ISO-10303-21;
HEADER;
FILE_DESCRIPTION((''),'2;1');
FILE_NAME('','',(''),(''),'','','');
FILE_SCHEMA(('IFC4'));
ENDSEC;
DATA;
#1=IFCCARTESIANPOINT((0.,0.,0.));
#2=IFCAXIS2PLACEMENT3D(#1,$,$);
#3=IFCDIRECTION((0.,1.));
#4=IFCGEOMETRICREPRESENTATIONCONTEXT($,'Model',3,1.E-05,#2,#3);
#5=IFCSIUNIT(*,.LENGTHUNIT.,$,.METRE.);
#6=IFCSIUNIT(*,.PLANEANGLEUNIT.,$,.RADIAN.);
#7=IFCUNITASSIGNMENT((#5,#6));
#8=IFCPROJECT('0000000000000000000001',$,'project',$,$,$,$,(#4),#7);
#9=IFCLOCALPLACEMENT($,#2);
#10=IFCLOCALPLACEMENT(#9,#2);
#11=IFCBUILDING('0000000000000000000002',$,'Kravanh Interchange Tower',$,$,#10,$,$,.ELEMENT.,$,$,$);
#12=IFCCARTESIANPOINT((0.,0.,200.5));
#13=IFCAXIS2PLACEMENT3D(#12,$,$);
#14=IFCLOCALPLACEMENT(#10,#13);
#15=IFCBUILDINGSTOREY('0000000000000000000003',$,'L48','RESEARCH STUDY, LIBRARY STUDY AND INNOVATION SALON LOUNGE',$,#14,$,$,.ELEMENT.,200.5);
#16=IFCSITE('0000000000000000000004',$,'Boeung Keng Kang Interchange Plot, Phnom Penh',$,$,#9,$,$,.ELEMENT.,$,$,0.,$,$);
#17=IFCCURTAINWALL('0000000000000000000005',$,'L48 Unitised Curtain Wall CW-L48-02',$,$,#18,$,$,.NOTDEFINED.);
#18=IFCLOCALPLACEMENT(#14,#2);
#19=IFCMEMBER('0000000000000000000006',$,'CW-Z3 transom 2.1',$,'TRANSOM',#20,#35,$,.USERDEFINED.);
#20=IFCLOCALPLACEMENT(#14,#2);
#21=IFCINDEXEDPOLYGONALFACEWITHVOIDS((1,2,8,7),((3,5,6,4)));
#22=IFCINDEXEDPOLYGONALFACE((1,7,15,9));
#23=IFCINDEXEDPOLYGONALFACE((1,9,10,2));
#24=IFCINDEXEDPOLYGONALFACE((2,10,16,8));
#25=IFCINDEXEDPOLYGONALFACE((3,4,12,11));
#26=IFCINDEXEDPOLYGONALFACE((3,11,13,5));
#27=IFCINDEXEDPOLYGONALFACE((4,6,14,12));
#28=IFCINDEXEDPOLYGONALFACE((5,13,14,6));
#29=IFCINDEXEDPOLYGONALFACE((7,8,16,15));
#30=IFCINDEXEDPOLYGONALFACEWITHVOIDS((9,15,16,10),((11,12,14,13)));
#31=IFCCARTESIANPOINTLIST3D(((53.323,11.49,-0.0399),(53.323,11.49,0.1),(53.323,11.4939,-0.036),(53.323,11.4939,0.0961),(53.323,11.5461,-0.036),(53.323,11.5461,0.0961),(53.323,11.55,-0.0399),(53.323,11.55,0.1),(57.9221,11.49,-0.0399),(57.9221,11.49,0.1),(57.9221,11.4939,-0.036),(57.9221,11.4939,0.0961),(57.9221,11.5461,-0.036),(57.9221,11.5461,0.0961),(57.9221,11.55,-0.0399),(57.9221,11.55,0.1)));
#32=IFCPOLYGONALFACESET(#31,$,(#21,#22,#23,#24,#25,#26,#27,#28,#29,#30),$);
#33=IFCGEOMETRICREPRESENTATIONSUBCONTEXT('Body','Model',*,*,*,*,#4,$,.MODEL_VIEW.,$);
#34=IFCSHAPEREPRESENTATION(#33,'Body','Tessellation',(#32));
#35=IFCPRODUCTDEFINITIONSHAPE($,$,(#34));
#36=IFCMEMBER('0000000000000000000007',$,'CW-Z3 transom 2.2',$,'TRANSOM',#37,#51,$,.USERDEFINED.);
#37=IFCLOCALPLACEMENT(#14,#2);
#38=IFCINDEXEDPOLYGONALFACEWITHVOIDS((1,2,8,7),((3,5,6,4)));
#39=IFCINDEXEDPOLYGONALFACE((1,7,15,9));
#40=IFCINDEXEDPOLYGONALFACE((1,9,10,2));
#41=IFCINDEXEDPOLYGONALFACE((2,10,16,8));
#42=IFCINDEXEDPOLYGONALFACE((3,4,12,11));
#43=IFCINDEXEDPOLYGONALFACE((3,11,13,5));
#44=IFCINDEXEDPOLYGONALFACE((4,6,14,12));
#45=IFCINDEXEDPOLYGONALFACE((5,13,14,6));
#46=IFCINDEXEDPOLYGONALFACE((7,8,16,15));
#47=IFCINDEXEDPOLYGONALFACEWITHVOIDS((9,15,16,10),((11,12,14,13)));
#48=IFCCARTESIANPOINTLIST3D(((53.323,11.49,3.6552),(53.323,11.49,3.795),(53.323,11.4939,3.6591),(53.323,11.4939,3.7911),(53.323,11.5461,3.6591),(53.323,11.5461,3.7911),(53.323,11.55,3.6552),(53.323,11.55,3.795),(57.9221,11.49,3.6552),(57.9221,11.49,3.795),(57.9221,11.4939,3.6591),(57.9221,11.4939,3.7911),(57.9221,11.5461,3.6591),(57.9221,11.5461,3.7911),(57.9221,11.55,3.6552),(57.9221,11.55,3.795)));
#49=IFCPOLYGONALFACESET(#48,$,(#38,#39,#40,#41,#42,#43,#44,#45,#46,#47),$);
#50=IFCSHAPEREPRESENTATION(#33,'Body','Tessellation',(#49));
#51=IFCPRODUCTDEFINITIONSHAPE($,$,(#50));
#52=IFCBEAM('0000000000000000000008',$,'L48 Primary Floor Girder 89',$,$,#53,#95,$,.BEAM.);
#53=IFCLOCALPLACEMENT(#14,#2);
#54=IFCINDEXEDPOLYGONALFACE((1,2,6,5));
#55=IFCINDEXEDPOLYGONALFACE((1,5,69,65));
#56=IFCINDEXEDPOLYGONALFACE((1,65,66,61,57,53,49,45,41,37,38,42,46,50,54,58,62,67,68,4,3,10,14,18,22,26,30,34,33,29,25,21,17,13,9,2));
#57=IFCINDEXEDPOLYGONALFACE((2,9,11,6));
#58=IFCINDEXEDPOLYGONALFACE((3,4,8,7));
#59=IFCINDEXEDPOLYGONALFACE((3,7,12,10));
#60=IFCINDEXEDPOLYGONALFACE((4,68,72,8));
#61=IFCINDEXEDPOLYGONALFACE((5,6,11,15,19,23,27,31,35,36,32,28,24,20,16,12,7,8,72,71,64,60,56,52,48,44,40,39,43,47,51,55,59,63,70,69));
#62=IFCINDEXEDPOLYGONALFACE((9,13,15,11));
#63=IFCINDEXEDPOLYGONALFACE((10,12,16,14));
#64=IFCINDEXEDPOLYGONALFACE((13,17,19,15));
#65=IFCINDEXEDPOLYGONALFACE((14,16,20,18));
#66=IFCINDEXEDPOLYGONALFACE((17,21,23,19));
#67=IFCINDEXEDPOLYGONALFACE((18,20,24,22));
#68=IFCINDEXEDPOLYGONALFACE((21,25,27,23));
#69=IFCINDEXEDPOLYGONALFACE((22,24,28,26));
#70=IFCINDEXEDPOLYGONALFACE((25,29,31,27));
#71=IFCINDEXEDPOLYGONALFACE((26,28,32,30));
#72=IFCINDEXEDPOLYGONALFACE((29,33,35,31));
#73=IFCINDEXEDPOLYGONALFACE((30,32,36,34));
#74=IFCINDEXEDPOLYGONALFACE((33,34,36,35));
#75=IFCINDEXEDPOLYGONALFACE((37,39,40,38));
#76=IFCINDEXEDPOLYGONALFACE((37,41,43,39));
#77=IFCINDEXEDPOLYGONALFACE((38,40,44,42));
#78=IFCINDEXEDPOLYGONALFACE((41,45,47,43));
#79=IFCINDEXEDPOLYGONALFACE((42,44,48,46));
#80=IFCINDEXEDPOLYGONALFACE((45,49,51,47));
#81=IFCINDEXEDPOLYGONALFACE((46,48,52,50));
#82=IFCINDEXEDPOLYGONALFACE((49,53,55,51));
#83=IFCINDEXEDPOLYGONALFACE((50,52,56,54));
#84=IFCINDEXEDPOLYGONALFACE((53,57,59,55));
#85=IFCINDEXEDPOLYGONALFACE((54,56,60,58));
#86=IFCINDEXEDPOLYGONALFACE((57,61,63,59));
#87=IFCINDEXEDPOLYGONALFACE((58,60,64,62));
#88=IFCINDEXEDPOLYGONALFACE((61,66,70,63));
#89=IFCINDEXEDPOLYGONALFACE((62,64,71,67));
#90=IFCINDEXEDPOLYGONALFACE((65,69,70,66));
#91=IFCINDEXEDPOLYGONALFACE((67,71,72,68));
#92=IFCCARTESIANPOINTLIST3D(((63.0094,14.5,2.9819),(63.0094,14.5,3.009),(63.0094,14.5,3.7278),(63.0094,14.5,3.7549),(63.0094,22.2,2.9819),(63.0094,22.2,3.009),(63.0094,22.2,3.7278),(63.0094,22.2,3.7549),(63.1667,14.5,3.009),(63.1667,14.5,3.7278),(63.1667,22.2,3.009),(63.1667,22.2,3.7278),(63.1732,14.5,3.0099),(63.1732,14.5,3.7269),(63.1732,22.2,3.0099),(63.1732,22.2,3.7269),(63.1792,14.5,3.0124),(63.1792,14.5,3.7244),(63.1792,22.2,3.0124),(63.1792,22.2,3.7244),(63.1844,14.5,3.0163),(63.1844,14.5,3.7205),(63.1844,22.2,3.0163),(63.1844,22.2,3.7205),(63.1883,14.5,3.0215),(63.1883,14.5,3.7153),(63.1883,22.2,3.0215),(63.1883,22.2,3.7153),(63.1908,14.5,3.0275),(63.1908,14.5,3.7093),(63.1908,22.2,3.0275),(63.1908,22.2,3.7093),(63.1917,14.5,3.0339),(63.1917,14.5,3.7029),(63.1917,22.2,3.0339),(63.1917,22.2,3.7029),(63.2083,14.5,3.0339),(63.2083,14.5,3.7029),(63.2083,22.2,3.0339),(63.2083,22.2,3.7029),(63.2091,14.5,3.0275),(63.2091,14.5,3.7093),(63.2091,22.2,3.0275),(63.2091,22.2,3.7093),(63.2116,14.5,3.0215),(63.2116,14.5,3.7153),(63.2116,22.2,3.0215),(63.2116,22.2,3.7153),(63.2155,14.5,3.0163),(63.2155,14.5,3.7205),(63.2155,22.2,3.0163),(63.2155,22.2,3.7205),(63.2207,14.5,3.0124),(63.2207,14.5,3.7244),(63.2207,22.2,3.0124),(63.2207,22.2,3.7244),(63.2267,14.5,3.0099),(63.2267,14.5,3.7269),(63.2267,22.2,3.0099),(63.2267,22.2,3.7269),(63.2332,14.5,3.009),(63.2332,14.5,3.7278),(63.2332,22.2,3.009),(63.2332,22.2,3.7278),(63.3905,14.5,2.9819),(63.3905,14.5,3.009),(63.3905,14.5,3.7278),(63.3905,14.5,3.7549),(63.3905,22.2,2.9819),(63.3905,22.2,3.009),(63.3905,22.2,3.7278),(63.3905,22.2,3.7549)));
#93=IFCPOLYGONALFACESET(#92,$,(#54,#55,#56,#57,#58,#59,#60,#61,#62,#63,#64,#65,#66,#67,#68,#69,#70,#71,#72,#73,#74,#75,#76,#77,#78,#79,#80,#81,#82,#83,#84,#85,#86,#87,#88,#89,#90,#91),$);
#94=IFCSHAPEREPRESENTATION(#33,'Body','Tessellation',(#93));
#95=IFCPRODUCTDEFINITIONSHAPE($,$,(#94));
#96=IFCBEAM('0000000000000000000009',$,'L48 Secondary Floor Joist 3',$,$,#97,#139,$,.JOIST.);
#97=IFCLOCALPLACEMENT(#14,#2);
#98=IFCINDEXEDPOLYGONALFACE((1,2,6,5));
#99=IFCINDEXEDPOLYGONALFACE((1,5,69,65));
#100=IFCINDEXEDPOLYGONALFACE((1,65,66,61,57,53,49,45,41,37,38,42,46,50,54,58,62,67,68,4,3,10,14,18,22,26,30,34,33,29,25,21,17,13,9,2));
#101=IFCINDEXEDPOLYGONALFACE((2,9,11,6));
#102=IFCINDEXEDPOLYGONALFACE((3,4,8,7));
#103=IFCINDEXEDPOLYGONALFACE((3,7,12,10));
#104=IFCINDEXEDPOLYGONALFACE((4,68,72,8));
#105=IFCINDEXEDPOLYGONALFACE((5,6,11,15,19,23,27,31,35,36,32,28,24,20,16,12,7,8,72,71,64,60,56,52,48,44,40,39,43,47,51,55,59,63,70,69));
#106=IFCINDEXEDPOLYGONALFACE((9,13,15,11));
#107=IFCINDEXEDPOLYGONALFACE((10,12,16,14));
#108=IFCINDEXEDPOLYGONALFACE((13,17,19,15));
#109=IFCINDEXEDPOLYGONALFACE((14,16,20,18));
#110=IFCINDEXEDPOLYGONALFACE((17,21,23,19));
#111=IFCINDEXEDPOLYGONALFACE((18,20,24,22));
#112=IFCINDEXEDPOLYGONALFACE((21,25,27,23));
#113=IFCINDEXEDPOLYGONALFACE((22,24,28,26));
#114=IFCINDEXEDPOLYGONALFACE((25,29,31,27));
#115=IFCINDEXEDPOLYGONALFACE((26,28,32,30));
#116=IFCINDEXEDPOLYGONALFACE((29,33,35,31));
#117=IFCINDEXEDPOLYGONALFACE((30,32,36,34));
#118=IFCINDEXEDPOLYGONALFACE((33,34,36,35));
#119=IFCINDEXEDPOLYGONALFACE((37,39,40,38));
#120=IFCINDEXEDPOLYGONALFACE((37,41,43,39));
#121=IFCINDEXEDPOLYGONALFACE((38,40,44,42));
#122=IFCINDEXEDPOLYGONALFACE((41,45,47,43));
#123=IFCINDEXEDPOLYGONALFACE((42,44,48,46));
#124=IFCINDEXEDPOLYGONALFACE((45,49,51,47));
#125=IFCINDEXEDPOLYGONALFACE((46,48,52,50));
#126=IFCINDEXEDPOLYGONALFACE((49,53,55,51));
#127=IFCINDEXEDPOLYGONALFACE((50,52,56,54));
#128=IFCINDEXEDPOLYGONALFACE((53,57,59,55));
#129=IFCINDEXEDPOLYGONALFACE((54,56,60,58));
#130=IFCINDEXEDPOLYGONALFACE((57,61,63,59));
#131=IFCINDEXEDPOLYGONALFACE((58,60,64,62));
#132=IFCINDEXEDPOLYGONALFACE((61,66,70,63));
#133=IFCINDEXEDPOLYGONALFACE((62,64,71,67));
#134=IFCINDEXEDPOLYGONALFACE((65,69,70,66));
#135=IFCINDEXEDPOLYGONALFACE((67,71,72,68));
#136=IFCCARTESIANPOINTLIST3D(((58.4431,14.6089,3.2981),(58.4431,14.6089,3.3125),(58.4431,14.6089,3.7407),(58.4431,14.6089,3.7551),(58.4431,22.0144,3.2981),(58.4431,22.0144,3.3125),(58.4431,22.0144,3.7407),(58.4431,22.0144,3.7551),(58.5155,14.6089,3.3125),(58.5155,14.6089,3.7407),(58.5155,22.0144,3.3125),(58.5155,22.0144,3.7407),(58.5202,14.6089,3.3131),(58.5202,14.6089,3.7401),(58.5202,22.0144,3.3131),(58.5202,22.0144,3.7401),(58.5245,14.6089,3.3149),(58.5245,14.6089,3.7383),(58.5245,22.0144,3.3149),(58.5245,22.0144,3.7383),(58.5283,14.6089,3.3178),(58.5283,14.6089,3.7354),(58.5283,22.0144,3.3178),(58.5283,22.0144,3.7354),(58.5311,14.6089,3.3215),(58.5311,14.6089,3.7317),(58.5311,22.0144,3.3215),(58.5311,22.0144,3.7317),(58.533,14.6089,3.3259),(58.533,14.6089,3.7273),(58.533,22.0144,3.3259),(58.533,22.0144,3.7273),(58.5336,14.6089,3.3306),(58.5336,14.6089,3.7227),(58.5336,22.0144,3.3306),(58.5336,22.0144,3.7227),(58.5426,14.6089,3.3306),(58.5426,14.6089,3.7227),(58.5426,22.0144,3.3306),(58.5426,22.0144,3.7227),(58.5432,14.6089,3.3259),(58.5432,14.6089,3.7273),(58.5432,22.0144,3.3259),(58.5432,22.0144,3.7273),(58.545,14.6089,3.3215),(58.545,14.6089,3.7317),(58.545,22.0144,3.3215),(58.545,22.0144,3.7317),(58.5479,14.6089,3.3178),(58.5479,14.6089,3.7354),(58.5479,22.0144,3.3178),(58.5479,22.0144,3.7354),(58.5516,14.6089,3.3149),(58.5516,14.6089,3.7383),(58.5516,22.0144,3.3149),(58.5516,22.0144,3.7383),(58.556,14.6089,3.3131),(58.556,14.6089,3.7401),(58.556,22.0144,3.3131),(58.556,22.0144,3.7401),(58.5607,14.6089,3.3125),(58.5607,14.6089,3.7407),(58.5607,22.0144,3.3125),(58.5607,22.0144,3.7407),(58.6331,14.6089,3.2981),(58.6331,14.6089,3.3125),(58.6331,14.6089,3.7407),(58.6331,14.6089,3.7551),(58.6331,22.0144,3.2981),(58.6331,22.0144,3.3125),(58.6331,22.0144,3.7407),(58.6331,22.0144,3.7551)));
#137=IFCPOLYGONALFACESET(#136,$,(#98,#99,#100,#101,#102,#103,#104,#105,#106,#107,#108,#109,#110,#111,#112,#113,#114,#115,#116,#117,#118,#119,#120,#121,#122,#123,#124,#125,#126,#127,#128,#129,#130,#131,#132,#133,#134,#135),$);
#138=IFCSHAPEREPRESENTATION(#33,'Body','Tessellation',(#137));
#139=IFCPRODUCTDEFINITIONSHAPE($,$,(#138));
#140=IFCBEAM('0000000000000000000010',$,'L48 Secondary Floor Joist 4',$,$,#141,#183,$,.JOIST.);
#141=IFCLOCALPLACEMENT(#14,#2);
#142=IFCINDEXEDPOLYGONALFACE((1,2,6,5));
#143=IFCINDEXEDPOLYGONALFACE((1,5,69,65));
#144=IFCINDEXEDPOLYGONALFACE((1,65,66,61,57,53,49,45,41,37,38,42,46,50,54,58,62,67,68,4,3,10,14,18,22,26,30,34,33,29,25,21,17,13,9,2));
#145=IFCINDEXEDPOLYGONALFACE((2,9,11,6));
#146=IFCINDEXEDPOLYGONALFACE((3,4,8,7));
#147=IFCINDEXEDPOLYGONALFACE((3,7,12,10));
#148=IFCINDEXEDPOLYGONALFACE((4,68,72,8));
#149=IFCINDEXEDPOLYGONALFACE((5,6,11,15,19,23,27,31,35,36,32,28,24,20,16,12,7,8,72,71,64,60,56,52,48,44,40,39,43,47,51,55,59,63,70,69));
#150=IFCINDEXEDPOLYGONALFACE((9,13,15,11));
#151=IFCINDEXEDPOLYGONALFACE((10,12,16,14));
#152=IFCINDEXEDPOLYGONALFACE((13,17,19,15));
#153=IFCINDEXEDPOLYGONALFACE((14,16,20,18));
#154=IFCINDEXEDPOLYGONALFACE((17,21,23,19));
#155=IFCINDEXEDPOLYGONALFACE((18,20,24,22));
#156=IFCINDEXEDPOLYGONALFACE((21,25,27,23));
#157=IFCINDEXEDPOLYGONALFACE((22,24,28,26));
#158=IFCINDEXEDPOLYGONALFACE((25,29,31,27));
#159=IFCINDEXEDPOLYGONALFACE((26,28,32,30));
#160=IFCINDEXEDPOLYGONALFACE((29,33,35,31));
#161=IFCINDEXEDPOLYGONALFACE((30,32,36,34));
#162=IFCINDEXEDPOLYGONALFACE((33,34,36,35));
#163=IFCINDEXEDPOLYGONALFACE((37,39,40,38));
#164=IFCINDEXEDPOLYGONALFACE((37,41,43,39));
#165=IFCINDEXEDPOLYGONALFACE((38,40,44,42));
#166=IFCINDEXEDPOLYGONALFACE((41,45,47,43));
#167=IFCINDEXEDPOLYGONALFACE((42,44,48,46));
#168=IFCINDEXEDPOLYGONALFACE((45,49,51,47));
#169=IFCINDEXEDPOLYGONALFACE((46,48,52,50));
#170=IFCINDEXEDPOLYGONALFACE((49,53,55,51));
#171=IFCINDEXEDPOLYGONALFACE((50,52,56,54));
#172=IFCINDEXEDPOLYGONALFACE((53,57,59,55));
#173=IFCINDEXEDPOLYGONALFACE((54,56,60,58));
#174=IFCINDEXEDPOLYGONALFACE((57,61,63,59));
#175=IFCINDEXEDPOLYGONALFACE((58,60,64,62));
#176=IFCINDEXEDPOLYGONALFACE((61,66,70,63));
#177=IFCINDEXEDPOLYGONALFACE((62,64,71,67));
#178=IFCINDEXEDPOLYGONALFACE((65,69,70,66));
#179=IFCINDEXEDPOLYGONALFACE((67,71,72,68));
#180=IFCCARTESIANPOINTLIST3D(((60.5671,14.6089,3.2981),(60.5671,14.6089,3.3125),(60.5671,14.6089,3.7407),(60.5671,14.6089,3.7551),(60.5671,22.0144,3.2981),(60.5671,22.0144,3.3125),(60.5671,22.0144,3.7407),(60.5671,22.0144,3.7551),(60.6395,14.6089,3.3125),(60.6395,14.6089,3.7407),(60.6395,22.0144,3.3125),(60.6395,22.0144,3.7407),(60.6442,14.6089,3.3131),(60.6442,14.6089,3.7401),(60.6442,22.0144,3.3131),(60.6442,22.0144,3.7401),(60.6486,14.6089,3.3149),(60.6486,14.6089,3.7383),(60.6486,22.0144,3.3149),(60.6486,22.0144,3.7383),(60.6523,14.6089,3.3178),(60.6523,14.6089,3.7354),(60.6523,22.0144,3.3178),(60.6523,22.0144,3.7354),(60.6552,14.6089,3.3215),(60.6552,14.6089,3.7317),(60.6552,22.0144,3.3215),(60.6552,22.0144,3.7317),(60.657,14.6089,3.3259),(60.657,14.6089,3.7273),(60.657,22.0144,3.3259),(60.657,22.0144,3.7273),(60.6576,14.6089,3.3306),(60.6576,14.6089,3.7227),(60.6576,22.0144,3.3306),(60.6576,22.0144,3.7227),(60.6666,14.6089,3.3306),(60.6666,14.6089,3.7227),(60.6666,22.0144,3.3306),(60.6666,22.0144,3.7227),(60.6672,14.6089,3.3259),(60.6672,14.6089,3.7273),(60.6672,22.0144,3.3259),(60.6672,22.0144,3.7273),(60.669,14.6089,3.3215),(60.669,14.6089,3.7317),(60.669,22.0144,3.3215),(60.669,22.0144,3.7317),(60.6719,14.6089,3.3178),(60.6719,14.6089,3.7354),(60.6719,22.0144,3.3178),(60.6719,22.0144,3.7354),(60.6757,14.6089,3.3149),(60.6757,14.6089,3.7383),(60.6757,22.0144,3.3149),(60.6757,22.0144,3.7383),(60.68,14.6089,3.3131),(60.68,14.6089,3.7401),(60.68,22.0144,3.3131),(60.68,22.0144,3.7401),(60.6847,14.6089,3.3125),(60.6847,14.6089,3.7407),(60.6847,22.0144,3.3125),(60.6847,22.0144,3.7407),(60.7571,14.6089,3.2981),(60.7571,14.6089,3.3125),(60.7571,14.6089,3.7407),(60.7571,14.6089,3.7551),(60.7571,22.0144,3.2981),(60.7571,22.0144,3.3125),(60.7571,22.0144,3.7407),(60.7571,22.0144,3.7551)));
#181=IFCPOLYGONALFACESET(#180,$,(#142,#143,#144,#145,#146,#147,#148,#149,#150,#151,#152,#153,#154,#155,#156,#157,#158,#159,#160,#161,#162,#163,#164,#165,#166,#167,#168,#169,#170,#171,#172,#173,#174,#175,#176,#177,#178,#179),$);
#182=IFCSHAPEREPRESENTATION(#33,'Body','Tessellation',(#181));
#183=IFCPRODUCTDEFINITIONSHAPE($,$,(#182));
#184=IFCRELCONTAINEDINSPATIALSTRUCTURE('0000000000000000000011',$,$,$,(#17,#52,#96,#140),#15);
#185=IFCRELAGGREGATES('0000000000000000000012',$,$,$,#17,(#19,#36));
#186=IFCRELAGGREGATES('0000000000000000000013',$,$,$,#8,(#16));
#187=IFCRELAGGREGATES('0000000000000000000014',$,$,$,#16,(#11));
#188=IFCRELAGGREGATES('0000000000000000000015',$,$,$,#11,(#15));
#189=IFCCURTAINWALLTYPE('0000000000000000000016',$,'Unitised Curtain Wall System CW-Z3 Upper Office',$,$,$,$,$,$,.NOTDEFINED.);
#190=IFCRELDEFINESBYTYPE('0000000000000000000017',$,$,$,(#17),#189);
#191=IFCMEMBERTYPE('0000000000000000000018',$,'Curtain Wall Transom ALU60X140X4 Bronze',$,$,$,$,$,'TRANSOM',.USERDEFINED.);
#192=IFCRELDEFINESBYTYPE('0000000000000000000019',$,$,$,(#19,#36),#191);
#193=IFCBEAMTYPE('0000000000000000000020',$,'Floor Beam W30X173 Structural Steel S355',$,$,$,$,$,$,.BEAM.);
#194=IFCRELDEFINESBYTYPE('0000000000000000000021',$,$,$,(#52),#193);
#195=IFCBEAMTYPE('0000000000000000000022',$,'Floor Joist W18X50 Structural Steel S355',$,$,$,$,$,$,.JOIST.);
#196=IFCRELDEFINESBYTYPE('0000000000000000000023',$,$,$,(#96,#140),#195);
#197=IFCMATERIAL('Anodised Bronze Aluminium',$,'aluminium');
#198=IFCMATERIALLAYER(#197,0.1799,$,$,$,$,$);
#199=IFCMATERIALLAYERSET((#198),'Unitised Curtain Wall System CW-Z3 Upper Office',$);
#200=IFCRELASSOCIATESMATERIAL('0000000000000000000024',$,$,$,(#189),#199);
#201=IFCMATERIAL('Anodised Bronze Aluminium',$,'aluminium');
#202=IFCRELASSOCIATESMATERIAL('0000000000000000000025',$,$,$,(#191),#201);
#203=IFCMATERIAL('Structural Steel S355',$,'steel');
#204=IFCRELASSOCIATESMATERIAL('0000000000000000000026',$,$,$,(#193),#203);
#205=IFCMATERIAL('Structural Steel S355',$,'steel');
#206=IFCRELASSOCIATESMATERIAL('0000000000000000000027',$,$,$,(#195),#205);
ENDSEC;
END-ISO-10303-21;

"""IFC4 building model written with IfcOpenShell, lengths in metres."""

from ifc_helpers import new_model, si_unit, direction, frame, origin, origin_2d, place, context, subcontext, project, spatial, hollow_rectangle, i_section, extrude, material, layer, layer_set, material_profile, profile_set, type_object, element, aggregate, save


model = new_model("IFC4")

# Units and contexts
model_context = context("Model", 3, precision=1e-05, world=origin(), true_north=direction((0.0, 1.0)))
body_context = subcontext(model_context, "Body", "Model", "MODEL_VIEW")
ifc_project = project(units=[si_unit("LENGTHUNIT", "METRE"), si_unit("PLANEANGLEUNIT", "RADIAN")], contexts=[model_context])

# Site, building, storey
site_placement = place(None, origin())
site = spatial("IfcSite", under=ifc_project, at=site_placement, Name="Boeung Keng Kang Interchange Plot, Phnom Penh", CompositionType="ELEMENT", RefElevation=0.0)
building_placement = place(site_placement, origin())
building = spatial("IfcBuilding", under=site, at=building_placement, Name="Kravanh Interchange Tower", CompositionType="ELEMENT")
storey_placement = place(building_placement, frame((0.0, 0.0, 200.5)))
storey = spatial("IfcBuildingStorey", under=building, at=storey_placement, Name="L48", Description="RESEARCH STUDY, LIBRARY STUDY AND INNOVATION SALON LOUNGE", CompositionType="ELEMENT", Elevation=200.5)

# Curtain wall
ifc_material_1 = material(Name="Anodised Bronze Aluminium", Category="aluminium")
ifc_layer_1 = layer(ifc_material_1, 0.1799)
ifc_layer_set_1 = layer_set([ifc_layer_1], Name="Unitised Curtain Wall System CW-Z3 Upper Office")
curtain_wall_type = type_object("IfcCurtainWallType", Name="Unitised Curtain Wall System CW-Z3 Upper Office", PredefinedType="NOTDEFINED", material=ifc_layer_set_1)
curtain_wall_1_placement = place(storey_placement, origin())
curtain_wall_1 = element("IfcCurtainWall", 1, at=curtain_wall_1_placement, inside=storey, type_object=curtain_wall_type, Name="L48 Unitised Curtain Wall CW-L48-02", PredefinedType="NOTDEFINED")

# Members
ifc_material_2 = material(Name="Anodised Bronze Aluminium", Category="aluminium")
ifc_material_profile_1 = material_profile(ifc_material_2, hollow_rectangle(XDim=0.0601, YDim=0.1399, WallThickness=0.0039, at=origin_2d()), Name="ALU60X140X4")
ifc_profile_set_1 = profile_set([ifc_material_profile_1], Name="Anodised Bronze Aluminium")
member_type_1 = type_object("IfcMemberType", Name="Curtain Wall Transom ALU60X140X4 Bronze", ElementType="TRANSOM", PredefinedType="USERDEFINED", material=ifc_profile_set_1)
member_1_placement = place(storey_placement, frame((57.9221, 11.52, 0.03), z_axis=(-1.0, 0.0, 0.0), x_axis=(0.0, -1.0, 0.0)))
member_1 = element("IfcMember", 2, at=member_1_placement, type_object=member_type_1, Name="CW-Z3 transom 2.1", ObjectType="TRANSOM", PredefinedType="USERDEFINED", context=body_context, shape_type="SweptSolid", body=[
    extrude(hollow_rectangle(XDim=0.0601, YDim=0.1399, WallThickness=0.0039, at=origin_2d()), origin(), (0.0, 0.0, 1.0), 4.5991),
])
member_2_placement = place(storey_placement, frame((57.9221, 11.52, 3.7251), z_axis=(-1.0, 0.0, 0.0), x_axis=(0.0, -1.0, 0.0)))
member_2 = element("IfcMember", 3, at=member_2_placement, type_object=member_type_1, Name="CW-Z3 transom 2.2", ObjectType="TRANSOM", PredefinedType="USERDEFINED", context=body_context, shape_type="SweptSolid", body=[
    extrude(hollow_rectangle(XDim=0.0601, YDim=0.1399, WallThickness=0.0039, at=origin_2d()), origin(), (0.0, 0.0, 1.0), 4.5991),
])

# Beams
ifc_material_3 = material(Name="Structural Steel S355", Category="steel")
ifc_material_profile_2 = material_profile(ifc_material_3, i_section(OverallWidth=0.3811, OverallDepth=0.7729, WebThickness=0.0166, FlangeThickness=0.0271, FilletRadius=0.0249, at=origin_2d()), Name="W30X173")
ifc_profile_set_2 = profile_set([ifc_material_profile_2], Name="Structural Steel S355")
beam_type_1 = type_object("IfcBeamType", Name="Floor Beam W30X173 Structural Steel S355", PredefinedType="BEAM", material=ifc_profile_set_2)
beam_1_placement = place(storey_placement, frame((63.2, 14.5, 3.3684), z_axis=(0.0, 1.0, 0.0), x_axis=(-1.0, 0.0, 0.0)))
element("IfcBeam", 4, at=beam_1_placement, inside=storey, type_object=beam_type_1, Name="L48 Primary Floor Girder 89", PredefinedType="BEAM", context=body_context, shape_type="SweptSolid", body=[
    extrude(i_section(OverallWidth=0.3811, OverallDepth=0.7729, WebThickness=0.0166, FlangeThickness=0.0271, FilletRadius=0.0249, at=origin_2d()), origin(), (0.0, 0.0, 1.0), 7.7),
])
ifc_material_4 = material(Name="Structural Steel S355", Category="steel")
ifc_material_profile_3 = material_profile(ifc_material_4, i_section(OverallWidth=0.1899, OverallDepth=0.457, WebThickness=0.009, FlangeThickness=0.0144, FilletRadius=0.0181, at=origin_2d()), Name="W18X50")
ifc_profile_set_3 = profile_set([ifc_material_profile_3], Name="Structural Steel S355")
beam_type_2 = type_object("IfcBeamType", Name="Floor Joist W18X50 Structural Steel S355", PredefinedType="JOIST", material=ifc_profile_set_3)
for number, where, z_axis, x_axis, name in (
    (5, (58.5381, 14.6089, 3.5266), (0.0, 1.0, 0.0), (-1.0, 0.0, 0.0), "L48 Secondary Floor Joist 3"),
    (6, (60.6621, 14.6089, 3.5266), (0.0, 1.0, 0.0), (-1.0, 0.0, 0.0), "L48 Secondary Floor Joist 4"),
):
    element("IfcBeam", number, at=place(storey_placement, frame(where, z_axis=z_axis, x_axis=x_axis)), inside=storey, type_object=beam_type_2, Name=name, PredefinedType="JOIST", context=body_context, shape_type="SweptSolid", body=[
        extrude(i_section(OverallWidth=0.1899, OverallDepth=0.457, WebThickness=0.009, FlangeThickness=0.0144, FilletRadius=0.0181, at=origin_2d()), origin(), (0.0, 0.0, 1.0), 7.4055),
    ])

aggregate(curtain_wall_1, [member_1, member_2])

save(model, "model.ifc")
